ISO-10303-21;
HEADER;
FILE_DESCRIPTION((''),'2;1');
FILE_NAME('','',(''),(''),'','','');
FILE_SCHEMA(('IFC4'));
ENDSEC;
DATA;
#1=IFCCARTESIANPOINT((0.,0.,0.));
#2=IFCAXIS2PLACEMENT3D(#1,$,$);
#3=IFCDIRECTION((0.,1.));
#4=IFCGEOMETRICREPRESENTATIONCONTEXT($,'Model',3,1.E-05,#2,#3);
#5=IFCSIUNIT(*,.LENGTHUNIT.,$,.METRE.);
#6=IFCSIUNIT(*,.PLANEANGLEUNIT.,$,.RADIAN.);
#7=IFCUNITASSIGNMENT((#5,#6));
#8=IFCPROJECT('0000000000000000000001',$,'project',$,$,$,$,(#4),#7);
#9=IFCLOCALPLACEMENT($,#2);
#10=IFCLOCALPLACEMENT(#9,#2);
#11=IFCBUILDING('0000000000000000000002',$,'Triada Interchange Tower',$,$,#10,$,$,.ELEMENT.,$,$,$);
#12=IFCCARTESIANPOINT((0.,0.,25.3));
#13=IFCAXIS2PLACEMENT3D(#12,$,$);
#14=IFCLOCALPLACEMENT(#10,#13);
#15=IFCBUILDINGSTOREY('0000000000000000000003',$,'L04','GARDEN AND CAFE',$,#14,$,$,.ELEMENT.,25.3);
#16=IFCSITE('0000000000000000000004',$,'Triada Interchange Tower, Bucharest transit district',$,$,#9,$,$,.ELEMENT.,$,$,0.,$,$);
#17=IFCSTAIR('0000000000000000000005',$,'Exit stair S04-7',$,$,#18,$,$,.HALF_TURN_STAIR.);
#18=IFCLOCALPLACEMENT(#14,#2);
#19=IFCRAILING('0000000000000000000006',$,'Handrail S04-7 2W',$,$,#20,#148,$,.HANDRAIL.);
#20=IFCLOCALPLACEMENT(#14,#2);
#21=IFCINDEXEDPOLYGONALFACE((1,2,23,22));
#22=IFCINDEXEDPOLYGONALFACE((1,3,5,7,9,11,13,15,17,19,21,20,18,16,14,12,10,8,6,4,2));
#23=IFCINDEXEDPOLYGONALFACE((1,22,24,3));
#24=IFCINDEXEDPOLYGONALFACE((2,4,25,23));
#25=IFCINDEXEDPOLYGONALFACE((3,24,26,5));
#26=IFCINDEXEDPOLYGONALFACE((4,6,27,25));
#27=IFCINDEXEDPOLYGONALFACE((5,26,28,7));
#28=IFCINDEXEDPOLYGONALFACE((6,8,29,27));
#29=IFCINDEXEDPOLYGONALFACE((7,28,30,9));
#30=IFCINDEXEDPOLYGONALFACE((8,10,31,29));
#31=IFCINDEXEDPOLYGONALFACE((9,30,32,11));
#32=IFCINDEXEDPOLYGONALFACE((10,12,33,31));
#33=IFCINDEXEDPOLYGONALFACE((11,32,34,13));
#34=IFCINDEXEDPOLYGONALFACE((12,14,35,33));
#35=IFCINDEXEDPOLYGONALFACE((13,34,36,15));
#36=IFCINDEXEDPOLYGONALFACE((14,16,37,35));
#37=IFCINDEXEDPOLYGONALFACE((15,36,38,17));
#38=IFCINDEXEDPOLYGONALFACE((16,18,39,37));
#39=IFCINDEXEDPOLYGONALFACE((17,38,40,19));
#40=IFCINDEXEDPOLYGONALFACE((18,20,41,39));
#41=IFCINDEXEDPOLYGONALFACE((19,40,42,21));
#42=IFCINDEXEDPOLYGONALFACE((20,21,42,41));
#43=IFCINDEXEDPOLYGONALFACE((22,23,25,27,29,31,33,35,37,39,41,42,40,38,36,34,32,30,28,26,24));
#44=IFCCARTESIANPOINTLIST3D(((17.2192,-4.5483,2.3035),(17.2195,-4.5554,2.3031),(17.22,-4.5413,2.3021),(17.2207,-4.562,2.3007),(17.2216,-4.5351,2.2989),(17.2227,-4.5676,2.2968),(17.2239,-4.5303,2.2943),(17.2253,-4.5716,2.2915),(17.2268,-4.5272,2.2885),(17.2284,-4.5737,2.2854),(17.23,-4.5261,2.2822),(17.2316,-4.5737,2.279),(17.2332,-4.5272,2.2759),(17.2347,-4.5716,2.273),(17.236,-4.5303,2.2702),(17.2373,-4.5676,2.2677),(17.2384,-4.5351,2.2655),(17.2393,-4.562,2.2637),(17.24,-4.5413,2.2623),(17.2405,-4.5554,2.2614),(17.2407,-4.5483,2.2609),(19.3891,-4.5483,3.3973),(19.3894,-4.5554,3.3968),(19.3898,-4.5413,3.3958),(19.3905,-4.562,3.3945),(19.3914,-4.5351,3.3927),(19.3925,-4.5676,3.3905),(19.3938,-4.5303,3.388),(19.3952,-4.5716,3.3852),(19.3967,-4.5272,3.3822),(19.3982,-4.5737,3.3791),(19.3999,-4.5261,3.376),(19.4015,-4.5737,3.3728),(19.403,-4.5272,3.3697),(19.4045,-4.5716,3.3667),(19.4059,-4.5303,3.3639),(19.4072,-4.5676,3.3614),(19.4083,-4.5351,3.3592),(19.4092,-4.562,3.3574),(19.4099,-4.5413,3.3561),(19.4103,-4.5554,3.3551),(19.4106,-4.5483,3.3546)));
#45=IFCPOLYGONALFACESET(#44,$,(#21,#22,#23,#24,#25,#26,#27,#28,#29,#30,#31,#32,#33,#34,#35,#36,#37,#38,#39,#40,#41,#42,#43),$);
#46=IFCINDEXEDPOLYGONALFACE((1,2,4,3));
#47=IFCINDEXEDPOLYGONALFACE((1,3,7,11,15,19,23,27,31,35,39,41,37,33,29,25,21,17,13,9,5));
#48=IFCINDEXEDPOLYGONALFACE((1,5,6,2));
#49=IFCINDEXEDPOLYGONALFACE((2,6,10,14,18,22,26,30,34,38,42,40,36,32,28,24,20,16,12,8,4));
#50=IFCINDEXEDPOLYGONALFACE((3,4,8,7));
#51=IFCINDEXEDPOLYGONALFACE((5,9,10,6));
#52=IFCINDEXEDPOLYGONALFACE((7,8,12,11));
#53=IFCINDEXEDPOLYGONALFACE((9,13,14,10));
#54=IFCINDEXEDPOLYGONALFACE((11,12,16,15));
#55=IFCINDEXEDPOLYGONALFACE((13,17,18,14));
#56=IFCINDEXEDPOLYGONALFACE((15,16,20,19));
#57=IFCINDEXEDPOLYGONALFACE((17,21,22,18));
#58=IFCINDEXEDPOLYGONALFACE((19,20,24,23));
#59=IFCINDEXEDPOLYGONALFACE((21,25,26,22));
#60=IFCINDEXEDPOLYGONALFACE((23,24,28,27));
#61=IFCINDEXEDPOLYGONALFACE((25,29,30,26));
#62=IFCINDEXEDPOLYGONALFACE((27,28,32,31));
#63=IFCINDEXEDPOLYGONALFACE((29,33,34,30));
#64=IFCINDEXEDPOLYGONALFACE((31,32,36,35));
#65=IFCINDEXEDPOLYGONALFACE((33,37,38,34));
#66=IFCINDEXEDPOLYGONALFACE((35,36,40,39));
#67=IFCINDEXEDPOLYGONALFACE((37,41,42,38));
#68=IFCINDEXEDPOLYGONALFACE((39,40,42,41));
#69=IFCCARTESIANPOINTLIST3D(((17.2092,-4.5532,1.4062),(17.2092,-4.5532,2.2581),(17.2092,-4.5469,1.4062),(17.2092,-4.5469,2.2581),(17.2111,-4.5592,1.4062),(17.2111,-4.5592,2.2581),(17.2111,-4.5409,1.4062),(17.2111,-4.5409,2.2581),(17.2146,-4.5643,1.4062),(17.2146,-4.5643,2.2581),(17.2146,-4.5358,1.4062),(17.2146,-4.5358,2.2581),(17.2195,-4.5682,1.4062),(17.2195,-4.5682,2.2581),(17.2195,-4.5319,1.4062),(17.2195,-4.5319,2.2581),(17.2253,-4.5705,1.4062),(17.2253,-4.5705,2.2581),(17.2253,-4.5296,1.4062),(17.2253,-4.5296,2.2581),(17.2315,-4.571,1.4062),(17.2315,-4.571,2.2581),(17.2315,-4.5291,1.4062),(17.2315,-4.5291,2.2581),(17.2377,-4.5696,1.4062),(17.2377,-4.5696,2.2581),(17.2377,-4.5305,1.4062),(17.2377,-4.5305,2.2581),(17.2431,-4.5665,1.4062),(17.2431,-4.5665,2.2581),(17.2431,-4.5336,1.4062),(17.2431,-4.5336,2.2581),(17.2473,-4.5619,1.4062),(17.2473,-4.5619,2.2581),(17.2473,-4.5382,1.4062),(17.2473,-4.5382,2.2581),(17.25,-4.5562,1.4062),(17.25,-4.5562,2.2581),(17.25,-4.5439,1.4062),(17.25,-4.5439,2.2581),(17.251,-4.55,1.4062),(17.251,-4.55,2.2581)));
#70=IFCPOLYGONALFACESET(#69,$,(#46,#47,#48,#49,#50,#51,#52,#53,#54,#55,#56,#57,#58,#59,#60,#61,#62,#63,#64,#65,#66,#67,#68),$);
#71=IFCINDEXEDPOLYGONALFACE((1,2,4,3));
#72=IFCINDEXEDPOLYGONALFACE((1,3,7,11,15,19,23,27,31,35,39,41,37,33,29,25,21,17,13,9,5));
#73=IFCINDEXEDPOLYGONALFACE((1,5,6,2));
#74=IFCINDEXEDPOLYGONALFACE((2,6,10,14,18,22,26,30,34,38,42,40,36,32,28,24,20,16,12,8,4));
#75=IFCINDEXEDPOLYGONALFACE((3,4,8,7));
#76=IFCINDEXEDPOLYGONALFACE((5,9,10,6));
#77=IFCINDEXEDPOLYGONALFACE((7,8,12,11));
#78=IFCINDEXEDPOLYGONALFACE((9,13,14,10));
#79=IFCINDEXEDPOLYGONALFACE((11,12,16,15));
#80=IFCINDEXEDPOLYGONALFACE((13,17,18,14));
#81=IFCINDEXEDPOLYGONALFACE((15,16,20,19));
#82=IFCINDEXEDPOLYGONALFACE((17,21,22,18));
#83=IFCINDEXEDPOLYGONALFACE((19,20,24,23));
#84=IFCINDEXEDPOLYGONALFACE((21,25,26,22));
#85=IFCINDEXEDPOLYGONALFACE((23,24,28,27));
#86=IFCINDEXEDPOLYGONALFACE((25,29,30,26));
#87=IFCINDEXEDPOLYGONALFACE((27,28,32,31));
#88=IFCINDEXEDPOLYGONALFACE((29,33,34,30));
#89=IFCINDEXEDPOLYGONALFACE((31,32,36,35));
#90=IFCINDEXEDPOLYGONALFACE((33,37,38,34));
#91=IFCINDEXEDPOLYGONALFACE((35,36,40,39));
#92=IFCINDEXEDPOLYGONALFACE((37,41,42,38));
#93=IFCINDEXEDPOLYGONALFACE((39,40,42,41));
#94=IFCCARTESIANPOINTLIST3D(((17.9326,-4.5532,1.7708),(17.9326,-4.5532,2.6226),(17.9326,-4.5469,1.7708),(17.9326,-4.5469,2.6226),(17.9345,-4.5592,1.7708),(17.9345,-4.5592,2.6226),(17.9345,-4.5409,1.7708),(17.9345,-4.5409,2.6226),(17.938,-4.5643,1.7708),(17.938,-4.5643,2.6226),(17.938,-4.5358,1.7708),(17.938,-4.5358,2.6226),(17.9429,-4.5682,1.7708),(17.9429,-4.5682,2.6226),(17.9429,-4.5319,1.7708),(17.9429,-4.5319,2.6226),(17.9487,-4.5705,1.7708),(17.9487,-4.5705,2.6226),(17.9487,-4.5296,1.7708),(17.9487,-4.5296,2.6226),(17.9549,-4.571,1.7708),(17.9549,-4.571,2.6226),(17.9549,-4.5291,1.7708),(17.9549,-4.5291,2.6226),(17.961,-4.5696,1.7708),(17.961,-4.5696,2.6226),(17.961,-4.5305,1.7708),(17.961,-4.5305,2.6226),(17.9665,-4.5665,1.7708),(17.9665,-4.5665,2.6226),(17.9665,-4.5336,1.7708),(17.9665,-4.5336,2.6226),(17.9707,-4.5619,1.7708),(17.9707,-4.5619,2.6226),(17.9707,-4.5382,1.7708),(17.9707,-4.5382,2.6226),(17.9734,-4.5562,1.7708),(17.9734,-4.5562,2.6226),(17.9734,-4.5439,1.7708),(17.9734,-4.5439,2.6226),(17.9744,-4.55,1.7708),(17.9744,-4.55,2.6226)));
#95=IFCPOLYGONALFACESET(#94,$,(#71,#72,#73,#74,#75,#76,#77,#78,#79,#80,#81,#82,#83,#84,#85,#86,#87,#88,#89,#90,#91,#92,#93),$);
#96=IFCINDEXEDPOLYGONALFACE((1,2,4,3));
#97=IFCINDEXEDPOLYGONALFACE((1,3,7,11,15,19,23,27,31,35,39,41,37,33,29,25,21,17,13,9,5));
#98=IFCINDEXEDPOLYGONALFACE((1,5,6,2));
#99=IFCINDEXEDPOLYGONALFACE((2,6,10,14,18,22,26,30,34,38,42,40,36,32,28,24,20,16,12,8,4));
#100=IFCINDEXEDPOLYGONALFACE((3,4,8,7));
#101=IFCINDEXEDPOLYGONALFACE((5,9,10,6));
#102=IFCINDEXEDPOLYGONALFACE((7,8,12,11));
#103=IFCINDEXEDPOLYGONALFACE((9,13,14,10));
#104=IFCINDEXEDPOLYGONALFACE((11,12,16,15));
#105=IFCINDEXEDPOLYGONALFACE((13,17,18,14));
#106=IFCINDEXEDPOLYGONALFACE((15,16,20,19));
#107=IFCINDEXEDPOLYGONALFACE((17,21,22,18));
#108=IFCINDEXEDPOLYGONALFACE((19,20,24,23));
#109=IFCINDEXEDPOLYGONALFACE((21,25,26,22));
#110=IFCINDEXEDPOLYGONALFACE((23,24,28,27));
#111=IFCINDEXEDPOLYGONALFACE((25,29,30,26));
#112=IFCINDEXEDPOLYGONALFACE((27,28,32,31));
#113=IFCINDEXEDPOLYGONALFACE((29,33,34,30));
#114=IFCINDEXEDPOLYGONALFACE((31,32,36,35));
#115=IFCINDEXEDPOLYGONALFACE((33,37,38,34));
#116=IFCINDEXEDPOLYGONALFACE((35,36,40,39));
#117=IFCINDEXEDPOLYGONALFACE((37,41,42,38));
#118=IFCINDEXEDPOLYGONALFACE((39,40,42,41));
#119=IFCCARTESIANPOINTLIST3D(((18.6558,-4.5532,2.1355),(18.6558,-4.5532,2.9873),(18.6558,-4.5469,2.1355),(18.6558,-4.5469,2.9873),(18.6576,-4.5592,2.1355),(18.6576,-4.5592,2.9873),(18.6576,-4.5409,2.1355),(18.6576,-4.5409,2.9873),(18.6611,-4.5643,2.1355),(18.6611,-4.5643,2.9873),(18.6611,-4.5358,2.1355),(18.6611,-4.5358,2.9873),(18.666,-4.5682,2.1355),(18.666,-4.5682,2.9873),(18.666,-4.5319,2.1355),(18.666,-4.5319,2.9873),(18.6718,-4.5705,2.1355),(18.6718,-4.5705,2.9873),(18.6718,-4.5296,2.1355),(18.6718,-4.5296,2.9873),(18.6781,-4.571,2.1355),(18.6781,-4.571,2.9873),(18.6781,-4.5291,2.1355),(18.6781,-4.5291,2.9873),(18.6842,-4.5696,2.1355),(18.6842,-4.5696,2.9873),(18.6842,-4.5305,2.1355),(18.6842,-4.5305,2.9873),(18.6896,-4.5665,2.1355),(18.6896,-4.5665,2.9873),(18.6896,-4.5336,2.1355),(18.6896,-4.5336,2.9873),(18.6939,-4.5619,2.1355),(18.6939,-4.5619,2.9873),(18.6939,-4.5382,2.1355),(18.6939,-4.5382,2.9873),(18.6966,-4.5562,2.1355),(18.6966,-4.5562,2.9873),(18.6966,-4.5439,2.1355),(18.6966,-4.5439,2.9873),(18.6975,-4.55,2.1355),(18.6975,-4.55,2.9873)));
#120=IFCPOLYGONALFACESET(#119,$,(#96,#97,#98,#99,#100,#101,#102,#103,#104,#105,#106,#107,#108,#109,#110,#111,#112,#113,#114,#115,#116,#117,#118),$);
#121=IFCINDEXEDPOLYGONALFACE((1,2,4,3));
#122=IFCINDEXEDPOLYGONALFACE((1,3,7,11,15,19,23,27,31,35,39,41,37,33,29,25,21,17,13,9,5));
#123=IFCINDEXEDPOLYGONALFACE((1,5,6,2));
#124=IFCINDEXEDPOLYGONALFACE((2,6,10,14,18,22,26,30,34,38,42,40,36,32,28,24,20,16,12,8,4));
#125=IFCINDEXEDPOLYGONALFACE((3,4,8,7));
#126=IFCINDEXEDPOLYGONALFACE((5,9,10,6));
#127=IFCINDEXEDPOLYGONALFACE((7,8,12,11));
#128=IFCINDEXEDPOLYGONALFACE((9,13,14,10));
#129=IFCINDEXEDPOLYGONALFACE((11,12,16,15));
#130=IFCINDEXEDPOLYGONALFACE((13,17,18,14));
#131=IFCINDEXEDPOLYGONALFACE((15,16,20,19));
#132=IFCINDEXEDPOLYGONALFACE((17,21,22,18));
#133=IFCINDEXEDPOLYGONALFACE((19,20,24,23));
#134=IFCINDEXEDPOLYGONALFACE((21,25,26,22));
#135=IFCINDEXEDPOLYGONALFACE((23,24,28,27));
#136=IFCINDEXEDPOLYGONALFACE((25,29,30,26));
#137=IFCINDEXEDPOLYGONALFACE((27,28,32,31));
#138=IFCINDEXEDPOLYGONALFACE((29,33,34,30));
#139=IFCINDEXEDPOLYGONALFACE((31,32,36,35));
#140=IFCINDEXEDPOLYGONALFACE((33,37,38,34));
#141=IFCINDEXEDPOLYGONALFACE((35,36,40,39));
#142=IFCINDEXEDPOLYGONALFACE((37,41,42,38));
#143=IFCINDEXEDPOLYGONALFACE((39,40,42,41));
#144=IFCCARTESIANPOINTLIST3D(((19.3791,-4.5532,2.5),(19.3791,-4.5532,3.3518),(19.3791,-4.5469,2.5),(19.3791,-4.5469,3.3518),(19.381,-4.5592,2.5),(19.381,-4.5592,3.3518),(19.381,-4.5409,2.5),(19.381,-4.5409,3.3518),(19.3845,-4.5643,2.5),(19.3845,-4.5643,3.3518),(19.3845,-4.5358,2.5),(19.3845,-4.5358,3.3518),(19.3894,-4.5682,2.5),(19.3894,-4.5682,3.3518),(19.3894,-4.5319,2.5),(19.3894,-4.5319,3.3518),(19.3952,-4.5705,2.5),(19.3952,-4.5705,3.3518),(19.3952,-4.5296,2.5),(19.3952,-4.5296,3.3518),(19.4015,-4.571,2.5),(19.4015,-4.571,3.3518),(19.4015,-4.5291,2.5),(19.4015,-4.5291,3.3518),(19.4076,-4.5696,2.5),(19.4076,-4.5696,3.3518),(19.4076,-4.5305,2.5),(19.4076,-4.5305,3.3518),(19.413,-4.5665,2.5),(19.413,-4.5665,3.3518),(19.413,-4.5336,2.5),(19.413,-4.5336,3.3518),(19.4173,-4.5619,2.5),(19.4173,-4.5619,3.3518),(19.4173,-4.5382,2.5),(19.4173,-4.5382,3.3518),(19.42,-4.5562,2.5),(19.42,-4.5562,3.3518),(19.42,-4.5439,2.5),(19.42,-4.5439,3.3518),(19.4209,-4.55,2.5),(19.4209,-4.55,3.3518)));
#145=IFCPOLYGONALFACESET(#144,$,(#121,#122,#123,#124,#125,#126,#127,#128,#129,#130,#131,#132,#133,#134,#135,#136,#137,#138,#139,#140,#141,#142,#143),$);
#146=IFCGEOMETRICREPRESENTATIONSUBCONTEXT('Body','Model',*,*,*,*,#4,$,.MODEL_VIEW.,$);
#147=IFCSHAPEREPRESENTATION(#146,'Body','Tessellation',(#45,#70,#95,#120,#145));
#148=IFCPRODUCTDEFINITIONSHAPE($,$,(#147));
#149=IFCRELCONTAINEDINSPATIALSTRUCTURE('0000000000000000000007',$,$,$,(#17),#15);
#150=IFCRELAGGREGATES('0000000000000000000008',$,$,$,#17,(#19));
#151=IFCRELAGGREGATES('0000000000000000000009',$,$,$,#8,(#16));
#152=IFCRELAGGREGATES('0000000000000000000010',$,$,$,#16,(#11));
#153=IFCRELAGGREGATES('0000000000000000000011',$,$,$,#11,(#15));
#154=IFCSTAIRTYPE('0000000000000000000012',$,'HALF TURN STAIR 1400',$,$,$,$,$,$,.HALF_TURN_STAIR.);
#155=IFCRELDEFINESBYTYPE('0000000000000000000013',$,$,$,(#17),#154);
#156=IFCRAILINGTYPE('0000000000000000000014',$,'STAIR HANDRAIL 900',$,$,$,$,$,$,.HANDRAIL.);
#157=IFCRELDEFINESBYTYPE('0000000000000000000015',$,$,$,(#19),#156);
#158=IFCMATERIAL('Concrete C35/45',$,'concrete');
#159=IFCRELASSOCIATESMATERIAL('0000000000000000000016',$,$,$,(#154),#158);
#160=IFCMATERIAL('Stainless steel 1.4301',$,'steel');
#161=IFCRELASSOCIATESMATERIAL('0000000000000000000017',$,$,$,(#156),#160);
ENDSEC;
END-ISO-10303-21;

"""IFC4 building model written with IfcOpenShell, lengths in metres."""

from ifc_helpers import new_model, si_unit, direction, frame, origin, origin_2d, place, context, subcontext, project, spatial, circle, extrude, material, type_object, element, aggregate, save


model = new_model("IFC4")

# Units and contexts
model_context = context("Model", 3, precision=1e-05, world=origin(), true_north=direction((0.0, 1.0)))
body_context = subcontext(model_context, "Body", "Model", "MODEL_VIEW")
ifc_project = project(units=[si_unit("LENGTHUNIT", "METRE"), si_unit("PLANEANGLEUNIT", "RADIAN")], contexts=[model_context])

# Site, building, storey
site_placement = place(None, origin())
site = spatial("IfcSite", under=ifc_project, at=site_placement, Name="Triada Interchange Tower, Bucharest transit district", CompositionType="ELEMENT", RefElevation=0.0)
building_placement = place(site_placement, origin())
building = spatial("IfcBuilding", under=site, at=building_placement, Name="Triada Interchange Tower", CompositionType="ELEMENT")
storey_placement = place(building_placement, frame((0.0, 0.0, 25.3)))
storey = spatial("IfcBuildingStorey", under=building, at=storey_placement, Name="L04", Description="GARDEN AND CAFE", CompositionType="ELEMENT", Elevation=25.3)

# Stair, railing
ifc_material_1 = material(Name="Concrete C35/45", Category="concrete")
stair_type = type_object("IfcStairType", Name="HALF TURN STAIR 1400", PredefinedType="HALF_TURN_STAIR", material=ifc_material_1)
stair_placement = place(storey_placement, origin())
stair = element("IfcStair", 1, at=stair_placement, inside=storey, type_object=stair_type, Name="Exit stair S04-7", PredefinedType="HALF_TURN_STAIR")
ifc_material_2 = material(Name="Stainless steel 1.4301", Category="steel")
railing_type = type_object("IfcRailingType", Name="STAIR HANDRAIL 900", PredefinedType="HANDRAIL", material=ifc_material_2)
railing_1_placement = place(storey_placement, frame((17.23, -4.55, 1.4062)))
railing_1 = element("IfcRailing", 2, at=railing_1_placement, type_object=railing_type, Name="Handrail S04-7 2W", PredefinedType="HANDRAIL", context=body_context, shape_type="SweptSolid", body=[
    extrude(circle(Radius=0.0239, at=origin_2d()), frame((0.0, 0.0, 0.876), z_axis=(0.892976, 0.0, 0.450105), x_axis=(0.0, 1.0, 0.0)), (0.0, 0.0, 1.0), 2.4299),
    extrude(circle(Radius=0.021, at=origin_2d()), origin(), (0.0, 0.0, 1.0), 0.8518),
    extrude(circle(Radius=0.021, at=origin_2d()), frame((0.7234, 0.0, 0.3645)), (0.0, 0.0, 1.0), 0.8518),
    extrude(circle(Radius=0.021, at=origin_2d()), frame((1.4465, 0.0, 0.7292)), (0.0, 0.0, 1.0), 0.8518),
    extrude(circle(Radius=0.021, at=origin_2d()), frame((2.1699, 0.0, 1.0938)), (0.0, 0.0, 1.0), 0.8518),
])
aggregate(stair, [railing_1])

save(model, "model.ifc")
